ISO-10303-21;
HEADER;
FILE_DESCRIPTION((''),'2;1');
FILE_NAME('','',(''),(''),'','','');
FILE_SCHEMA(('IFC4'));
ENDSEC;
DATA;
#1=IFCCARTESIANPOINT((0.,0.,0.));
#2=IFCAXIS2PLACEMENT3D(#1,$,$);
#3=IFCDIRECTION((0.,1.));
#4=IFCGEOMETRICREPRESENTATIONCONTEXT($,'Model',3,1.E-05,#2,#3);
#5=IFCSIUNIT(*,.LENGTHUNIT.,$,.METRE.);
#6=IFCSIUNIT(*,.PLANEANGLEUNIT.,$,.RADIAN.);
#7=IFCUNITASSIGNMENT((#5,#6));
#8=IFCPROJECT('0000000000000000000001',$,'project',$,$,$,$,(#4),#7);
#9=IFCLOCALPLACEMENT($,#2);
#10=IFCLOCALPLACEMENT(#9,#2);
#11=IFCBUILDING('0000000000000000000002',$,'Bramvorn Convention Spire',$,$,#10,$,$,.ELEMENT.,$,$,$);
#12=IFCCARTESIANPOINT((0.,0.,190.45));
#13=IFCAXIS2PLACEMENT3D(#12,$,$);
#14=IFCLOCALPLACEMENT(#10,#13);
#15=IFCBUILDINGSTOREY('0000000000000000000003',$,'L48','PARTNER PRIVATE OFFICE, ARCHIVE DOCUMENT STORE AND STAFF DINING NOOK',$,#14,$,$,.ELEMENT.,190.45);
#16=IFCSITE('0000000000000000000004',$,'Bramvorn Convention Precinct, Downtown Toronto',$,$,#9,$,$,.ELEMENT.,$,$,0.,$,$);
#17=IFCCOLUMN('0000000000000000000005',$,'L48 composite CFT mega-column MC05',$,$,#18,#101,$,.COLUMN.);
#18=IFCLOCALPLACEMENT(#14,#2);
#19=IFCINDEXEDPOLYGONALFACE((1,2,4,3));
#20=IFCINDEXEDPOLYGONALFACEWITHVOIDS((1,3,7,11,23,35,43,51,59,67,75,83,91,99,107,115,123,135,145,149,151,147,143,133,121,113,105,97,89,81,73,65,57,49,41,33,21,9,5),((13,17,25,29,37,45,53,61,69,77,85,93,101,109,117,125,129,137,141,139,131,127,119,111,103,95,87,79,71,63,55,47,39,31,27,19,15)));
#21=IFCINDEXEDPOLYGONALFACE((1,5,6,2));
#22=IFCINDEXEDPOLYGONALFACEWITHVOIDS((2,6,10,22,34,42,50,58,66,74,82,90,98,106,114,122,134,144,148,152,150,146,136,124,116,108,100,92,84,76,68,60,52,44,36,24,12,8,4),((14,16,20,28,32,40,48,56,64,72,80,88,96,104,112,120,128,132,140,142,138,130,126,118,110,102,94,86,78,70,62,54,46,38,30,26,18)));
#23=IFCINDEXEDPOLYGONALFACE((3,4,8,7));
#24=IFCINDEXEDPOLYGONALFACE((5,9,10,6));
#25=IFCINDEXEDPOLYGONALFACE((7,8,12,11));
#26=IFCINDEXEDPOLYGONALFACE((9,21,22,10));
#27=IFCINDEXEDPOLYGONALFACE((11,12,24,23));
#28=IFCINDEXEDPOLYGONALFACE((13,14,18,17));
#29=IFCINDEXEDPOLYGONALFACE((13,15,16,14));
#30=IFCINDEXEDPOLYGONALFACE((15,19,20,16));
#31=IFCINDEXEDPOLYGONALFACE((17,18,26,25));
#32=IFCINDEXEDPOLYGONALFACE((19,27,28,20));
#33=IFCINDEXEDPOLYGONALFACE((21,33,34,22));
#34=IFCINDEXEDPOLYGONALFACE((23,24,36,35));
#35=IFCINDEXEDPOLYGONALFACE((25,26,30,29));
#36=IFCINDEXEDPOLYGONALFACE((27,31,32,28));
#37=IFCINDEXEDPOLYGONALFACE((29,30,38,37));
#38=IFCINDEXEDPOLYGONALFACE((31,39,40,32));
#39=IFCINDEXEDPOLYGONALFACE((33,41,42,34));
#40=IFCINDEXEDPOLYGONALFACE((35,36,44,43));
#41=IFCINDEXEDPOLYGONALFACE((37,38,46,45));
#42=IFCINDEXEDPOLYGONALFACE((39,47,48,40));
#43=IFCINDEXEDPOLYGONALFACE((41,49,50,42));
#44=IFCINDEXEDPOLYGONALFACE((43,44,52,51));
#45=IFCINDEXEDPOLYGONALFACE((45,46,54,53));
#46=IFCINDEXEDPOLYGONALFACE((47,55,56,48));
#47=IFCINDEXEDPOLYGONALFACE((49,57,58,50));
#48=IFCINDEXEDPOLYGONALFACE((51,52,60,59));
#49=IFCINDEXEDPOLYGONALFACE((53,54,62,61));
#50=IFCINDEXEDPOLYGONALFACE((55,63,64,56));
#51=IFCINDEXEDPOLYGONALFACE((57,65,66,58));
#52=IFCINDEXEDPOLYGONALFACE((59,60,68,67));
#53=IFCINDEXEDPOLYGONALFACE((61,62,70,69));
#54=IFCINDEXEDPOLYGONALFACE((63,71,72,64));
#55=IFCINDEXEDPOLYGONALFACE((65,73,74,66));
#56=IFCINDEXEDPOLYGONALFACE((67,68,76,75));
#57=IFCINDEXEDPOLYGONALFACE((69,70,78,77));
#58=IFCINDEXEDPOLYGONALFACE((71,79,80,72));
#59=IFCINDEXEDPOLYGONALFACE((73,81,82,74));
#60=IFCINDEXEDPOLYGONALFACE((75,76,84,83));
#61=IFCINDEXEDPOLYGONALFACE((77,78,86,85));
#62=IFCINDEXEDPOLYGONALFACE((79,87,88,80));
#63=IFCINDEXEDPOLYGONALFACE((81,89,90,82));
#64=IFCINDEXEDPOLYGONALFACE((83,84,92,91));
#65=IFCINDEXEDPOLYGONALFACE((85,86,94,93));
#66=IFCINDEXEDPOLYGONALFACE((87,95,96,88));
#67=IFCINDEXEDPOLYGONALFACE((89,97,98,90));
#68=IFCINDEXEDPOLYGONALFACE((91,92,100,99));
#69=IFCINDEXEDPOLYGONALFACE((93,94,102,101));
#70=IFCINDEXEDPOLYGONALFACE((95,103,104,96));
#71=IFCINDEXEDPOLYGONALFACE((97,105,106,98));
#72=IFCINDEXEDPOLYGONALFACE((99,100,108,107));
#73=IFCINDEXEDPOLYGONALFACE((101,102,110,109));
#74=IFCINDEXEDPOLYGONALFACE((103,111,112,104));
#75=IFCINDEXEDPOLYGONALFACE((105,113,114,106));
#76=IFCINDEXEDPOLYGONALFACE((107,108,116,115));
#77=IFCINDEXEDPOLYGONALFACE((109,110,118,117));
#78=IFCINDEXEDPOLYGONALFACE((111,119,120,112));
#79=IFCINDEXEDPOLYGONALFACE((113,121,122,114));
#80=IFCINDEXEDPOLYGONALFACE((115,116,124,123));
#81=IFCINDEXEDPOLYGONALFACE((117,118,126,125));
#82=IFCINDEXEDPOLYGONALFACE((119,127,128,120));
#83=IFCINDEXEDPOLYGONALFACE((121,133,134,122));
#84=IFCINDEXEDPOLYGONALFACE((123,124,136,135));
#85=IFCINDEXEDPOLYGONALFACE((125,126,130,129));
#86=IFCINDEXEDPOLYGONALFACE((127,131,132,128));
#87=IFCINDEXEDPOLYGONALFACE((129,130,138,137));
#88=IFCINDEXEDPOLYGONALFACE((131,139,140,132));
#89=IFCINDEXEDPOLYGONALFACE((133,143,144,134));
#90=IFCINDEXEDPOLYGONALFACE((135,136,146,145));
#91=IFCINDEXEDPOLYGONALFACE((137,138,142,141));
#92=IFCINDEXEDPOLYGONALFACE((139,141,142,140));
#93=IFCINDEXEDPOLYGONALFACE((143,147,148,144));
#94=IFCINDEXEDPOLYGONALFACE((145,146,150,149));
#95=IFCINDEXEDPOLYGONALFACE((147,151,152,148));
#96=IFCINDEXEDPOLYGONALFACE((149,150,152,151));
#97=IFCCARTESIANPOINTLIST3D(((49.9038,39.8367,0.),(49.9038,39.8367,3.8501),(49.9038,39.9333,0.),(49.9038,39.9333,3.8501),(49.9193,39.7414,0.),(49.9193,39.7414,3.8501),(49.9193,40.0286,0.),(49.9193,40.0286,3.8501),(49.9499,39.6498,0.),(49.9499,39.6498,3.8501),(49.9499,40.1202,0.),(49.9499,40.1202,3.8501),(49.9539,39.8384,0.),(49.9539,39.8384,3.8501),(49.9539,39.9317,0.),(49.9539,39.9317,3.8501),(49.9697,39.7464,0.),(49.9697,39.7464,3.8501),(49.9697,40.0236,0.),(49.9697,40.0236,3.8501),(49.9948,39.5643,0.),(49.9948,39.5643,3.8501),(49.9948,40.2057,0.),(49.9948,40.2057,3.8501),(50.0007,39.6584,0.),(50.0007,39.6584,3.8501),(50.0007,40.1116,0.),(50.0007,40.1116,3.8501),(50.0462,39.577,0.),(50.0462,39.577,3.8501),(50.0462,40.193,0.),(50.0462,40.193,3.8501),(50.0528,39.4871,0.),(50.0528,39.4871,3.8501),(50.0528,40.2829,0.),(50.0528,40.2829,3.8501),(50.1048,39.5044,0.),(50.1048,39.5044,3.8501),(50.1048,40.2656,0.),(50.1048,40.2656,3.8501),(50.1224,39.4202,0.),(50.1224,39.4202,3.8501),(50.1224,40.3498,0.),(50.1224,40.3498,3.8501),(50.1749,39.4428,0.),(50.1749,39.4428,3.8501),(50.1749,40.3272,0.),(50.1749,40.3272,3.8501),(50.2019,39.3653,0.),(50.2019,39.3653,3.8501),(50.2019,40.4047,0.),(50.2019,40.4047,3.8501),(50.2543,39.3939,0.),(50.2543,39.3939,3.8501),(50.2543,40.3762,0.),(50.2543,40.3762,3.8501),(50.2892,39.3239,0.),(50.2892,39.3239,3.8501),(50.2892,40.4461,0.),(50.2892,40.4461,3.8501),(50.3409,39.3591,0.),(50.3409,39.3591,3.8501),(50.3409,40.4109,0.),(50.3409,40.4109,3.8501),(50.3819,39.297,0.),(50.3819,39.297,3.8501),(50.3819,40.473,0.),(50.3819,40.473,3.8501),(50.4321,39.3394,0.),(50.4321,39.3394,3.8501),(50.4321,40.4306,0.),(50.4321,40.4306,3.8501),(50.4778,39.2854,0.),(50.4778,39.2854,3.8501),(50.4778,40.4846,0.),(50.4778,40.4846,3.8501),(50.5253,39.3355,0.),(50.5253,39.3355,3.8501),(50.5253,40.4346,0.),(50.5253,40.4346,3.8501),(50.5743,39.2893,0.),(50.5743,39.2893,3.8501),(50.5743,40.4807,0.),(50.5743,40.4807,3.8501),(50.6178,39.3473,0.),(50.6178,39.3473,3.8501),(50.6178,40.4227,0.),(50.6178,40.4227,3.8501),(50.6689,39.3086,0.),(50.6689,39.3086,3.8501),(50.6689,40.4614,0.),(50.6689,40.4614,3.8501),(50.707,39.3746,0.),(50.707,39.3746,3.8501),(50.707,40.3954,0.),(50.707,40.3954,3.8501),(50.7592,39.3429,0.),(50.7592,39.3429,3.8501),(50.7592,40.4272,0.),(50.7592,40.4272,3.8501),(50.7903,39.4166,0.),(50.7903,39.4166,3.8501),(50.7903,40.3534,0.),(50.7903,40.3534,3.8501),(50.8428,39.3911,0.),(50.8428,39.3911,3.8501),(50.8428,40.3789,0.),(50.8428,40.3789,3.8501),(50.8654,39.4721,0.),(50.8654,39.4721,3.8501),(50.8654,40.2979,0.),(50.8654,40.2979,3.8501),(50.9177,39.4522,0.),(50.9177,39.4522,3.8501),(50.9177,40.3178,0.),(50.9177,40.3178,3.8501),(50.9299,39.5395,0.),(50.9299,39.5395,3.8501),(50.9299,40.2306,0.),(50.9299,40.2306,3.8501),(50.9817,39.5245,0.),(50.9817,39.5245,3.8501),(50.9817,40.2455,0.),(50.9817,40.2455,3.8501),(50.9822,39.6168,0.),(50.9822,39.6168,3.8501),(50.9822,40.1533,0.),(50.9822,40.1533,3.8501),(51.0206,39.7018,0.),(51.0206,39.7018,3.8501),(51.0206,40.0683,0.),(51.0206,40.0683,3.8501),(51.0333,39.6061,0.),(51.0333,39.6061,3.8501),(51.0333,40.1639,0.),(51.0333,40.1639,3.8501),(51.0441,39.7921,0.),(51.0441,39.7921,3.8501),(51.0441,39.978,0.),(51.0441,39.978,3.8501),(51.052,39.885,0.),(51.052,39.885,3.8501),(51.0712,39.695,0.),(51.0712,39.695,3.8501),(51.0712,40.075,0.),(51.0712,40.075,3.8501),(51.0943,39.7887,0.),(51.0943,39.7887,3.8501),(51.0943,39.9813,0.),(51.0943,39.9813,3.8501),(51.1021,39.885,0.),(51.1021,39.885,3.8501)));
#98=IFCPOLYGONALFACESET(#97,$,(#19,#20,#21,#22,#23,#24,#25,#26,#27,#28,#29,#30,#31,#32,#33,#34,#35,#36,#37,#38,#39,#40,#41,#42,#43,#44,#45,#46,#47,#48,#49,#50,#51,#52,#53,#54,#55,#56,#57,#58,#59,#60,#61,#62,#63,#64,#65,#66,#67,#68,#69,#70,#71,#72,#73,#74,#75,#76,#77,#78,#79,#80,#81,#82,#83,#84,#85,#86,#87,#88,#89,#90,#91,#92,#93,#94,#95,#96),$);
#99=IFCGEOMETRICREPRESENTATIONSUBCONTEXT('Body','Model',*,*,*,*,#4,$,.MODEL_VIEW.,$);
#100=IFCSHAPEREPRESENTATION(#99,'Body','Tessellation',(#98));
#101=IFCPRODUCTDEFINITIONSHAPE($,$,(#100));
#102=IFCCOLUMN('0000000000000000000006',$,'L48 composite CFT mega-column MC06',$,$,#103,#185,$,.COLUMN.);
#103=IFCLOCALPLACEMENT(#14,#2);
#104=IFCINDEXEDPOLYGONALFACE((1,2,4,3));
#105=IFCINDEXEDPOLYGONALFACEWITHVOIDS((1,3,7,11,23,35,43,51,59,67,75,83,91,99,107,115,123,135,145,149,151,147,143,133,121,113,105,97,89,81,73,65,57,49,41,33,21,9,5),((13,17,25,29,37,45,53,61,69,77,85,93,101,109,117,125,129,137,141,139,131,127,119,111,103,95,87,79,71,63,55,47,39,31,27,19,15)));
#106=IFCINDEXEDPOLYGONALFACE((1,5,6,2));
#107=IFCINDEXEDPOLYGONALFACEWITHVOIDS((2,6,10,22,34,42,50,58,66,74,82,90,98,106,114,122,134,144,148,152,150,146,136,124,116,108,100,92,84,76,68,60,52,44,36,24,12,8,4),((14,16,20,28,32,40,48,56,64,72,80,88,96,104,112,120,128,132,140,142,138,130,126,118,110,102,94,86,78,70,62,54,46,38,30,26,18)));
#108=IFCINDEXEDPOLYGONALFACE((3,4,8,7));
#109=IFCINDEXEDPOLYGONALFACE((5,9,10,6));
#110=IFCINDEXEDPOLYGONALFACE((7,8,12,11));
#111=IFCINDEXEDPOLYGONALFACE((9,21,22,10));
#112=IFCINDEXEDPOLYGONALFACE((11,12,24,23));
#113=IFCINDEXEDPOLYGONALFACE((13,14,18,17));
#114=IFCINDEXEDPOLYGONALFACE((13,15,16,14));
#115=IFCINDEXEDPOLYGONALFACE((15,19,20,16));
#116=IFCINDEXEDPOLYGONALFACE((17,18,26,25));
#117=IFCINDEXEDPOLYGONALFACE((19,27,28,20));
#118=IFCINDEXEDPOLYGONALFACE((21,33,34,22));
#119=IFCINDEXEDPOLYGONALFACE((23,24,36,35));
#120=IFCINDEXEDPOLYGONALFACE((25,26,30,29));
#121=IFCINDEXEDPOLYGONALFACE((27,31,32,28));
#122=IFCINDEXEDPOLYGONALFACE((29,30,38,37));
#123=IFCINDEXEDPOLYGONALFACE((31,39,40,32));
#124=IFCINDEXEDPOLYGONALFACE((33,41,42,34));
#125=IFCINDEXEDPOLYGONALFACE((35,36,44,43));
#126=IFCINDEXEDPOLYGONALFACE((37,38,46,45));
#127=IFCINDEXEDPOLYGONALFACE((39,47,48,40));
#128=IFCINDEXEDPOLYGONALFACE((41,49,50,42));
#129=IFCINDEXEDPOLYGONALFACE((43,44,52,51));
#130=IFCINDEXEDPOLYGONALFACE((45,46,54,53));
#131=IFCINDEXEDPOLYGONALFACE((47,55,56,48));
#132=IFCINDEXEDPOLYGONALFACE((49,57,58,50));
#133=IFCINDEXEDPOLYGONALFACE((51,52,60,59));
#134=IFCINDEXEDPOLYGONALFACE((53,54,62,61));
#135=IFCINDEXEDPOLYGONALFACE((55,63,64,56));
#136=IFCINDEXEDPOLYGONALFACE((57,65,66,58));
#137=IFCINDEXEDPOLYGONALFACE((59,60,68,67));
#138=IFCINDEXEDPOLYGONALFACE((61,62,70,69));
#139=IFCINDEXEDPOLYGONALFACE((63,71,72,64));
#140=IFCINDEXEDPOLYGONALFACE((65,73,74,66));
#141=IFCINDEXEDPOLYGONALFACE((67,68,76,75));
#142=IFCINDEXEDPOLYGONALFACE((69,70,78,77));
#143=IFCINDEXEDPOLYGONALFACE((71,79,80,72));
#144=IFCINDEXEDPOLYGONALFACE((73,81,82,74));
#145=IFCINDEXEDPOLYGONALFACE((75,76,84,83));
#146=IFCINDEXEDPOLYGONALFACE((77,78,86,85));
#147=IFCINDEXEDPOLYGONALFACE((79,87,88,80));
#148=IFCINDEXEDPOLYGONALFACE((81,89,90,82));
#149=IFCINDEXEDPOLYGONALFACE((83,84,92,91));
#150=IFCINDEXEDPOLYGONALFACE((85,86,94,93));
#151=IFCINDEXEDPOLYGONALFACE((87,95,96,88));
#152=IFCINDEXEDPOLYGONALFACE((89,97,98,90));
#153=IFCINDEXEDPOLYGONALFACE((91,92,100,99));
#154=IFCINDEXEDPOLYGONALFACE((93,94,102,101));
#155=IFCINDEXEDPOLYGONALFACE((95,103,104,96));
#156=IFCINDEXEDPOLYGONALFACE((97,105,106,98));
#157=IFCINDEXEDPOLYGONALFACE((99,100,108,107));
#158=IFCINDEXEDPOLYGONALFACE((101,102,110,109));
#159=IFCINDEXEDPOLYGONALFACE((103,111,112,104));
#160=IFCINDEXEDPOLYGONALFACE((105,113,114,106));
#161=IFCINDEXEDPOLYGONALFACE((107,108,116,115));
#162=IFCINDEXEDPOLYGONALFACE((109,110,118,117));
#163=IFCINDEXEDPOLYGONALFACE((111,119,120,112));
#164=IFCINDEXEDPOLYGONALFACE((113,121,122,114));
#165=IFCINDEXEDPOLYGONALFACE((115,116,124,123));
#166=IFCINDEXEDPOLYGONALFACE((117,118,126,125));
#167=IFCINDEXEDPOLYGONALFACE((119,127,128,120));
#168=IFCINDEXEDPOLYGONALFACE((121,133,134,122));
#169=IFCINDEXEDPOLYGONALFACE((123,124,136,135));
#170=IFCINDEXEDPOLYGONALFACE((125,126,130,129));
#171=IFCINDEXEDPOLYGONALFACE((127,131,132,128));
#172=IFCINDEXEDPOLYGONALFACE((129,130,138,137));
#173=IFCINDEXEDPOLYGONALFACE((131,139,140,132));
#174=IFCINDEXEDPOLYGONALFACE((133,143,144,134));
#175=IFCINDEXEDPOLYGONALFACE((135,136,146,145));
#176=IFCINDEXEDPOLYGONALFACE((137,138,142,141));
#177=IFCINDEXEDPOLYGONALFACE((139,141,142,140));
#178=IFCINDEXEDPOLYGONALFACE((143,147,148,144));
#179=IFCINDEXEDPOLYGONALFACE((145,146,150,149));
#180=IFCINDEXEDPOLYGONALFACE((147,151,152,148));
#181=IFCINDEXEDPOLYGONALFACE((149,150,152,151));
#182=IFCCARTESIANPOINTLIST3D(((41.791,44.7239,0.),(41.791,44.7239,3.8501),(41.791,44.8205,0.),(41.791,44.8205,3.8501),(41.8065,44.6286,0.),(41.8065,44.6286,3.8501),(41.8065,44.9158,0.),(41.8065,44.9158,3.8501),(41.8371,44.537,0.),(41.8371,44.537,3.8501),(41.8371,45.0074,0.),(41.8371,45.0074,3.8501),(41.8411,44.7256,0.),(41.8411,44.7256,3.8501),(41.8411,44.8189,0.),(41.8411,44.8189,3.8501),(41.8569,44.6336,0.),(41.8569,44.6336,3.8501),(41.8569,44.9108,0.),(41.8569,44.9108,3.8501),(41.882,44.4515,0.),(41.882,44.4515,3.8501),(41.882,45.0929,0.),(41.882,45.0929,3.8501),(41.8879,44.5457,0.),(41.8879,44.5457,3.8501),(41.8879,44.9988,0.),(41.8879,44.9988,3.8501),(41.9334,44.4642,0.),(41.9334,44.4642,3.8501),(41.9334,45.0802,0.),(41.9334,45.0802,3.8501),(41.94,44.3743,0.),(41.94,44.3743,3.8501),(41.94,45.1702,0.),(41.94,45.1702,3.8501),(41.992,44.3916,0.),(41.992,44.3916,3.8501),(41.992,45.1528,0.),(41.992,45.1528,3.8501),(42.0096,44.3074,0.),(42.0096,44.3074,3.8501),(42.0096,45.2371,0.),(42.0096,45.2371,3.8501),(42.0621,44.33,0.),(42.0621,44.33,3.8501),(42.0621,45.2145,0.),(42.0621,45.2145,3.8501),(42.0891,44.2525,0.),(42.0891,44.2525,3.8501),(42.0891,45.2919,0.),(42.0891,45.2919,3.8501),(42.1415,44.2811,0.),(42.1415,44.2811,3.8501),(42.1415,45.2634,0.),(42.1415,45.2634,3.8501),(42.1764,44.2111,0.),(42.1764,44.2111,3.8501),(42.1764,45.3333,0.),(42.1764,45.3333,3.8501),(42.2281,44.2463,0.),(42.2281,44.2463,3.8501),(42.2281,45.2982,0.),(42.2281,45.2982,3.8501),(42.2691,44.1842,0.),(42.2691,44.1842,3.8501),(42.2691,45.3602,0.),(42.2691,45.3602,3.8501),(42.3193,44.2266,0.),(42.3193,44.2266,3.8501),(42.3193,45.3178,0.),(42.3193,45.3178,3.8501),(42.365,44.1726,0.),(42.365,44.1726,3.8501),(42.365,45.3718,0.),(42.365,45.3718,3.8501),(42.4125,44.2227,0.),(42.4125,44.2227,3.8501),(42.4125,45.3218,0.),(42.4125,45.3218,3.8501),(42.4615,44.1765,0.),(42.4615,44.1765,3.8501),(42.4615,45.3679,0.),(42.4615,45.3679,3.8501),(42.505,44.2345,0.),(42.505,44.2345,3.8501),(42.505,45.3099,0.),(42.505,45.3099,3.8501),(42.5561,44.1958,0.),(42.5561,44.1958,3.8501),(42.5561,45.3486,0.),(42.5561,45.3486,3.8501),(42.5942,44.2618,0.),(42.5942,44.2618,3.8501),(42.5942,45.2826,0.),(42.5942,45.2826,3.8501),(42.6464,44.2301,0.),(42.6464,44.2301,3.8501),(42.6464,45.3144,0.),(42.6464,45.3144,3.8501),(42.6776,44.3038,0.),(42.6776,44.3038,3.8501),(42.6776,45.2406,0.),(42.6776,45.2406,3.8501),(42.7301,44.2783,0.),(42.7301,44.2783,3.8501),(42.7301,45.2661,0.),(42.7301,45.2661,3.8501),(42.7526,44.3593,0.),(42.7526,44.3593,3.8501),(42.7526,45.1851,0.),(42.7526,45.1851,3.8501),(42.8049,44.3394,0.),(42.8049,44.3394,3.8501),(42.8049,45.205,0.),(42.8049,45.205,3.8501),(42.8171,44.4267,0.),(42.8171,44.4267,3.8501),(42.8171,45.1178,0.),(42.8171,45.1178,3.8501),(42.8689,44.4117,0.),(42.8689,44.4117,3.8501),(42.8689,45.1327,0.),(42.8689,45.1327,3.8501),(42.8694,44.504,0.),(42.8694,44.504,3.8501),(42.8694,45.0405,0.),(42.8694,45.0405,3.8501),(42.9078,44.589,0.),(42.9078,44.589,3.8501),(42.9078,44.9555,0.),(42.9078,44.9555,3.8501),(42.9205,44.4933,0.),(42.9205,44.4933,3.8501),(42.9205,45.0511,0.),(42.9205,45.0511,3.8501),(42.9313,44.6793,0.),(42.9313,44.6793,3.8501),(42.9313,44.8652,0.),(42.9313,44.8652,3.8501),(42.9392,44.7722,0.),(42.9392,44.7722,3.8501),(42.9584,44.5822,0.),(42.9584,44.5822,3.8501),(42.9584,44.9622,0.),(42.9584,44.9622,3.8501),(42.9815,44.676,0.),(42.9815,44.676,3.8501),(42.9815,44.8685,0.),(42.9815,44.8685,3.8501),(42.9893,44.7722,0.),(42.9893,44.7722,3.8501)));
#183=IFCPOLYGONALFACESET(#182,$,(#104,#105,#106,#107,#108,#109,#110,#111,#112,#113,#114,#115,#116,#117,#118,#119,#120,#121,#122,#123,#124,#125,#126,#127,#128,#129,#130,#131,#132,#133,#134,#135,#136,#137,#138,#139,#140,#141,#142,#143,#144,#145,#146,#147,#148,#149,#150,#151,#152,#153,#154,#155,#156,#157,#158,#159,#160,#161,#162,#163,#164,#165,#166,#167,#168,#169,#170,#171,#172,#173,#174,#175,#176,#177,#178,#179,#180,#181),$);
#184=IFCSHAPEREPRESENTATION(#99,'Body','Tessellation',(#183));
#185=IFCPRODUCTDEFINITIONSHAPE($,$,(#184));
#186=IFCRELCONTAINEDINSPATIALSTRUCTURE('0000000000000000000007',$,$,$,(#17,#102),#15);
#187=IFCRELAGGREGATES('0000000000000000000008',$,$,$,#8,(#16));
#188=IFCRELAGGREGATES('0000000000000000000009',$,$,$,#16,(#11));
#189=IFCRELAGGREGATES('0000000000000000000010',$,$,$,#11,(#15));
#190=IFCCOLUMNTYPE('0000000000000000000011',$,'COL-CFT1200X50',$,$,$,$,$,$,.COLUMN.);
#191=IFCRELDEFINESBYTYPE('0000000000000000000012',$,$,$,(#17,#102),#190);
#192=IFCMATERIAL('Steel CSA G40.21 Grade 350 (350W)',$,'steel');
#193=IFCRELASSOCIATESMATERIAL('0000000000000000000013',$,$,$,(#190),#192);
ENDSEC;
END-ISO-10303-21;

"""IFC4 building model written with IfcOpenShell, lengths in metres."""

from ifc_helpers import new_model, si_unit, direction, frame, origin, origin_2d, place, context, subcontext, project, spatial, hollow_circle, extrude, material, material_profile, profile_set, type_object, element, save


model = new_model("IFC4")

# Units and contexts
model_context = context("Model", 3, precision=1e-05, world=origin(), true_north=direction((0.0, 1.0)))
body_context = subcontext(model_context, "Body", "Model", "MODEL_VIEW")
ifc_project = project(units=[si_unit("LENGTHUNIT", "METRE"), si_unit("PLANEANGLEUNIT", "RADIAN")], contexts=[model_context])

# Site, building, storey
site_placement = place(None, origin())
site = spatial("IfcSite", under=ifc_project, at=site_placement, Name="Bramvorn Convention Precinct, Downtown Toronto", CompositionType="ELEMENT", RefElevation=0.0)
building_placement = place(site_placement, origin())
building = spatial("IfcBuilding", under=site, at=building_placement, Name="Bramvorn Convention Spire", CompositionType="ELEMENT")
storey_placement = place(building_placement, frame((0.0, 0.0, 190.45)))
storey = spatial("IfcBuildingStorey", under=building, at=storey_placement, Name="L48", Description="PARTNER PRIVATE OFFICE, ARCHIVE DOCUMENT STORE AND STAFF DINING NOOK", CompositionType="ELEMENT", Elevation=190.45)

# Columns
ifc_material_1 = material(Name="Steel CSA G40.21 Grade 350 (350W)", Category="steel")
ifc_material_profile_1 = material_profile(ifc_material_1, hollow_circle(Radius=0.6001, WallThickness=0.05, at=origin_2d()))
ifc_profile_set_1 = profile_set([ifc_material_profile_1], Name="Steel CSA G40.21 Grade 350 (350W) - CFT1200X50")
column_type = type_object("IfcColumnType", Name="COL-CFT1200X50", PredefinedType="COLUMN", material=ifc_profile_set_1)
for number, where, z_axis, x_axis, name in (
    (1, (50.502, 39.885, 0.0), (0.0, 0.0, 1.0), (1.0, 0.0, 0.0), "L48 composite CFT mega-column MC05"),
    (2, (42.3892, 44.7722, 0.0), (0.0, 0.0, 1.0), (1.0, 0.0, 0.0), "L48 composite CFT mega-column MC06"),
):
    element("IfcColumn", number, at=place(storey_placement, frame(where, z_axis=z_axis, x_axis=x_axis)), inside=storey, type_object=column_type, Name=name, PredefinedType="COLUMN", context=body_context, shape_type="SweptSolid", body=[
        extrude(hollow_circle(Radius=0.6001, WallThickness=0.05, at=origin_2d()), origin(), (0.0, 0.0, 1.0), 3.8501),
    ])

save(model, "model.ifc")
